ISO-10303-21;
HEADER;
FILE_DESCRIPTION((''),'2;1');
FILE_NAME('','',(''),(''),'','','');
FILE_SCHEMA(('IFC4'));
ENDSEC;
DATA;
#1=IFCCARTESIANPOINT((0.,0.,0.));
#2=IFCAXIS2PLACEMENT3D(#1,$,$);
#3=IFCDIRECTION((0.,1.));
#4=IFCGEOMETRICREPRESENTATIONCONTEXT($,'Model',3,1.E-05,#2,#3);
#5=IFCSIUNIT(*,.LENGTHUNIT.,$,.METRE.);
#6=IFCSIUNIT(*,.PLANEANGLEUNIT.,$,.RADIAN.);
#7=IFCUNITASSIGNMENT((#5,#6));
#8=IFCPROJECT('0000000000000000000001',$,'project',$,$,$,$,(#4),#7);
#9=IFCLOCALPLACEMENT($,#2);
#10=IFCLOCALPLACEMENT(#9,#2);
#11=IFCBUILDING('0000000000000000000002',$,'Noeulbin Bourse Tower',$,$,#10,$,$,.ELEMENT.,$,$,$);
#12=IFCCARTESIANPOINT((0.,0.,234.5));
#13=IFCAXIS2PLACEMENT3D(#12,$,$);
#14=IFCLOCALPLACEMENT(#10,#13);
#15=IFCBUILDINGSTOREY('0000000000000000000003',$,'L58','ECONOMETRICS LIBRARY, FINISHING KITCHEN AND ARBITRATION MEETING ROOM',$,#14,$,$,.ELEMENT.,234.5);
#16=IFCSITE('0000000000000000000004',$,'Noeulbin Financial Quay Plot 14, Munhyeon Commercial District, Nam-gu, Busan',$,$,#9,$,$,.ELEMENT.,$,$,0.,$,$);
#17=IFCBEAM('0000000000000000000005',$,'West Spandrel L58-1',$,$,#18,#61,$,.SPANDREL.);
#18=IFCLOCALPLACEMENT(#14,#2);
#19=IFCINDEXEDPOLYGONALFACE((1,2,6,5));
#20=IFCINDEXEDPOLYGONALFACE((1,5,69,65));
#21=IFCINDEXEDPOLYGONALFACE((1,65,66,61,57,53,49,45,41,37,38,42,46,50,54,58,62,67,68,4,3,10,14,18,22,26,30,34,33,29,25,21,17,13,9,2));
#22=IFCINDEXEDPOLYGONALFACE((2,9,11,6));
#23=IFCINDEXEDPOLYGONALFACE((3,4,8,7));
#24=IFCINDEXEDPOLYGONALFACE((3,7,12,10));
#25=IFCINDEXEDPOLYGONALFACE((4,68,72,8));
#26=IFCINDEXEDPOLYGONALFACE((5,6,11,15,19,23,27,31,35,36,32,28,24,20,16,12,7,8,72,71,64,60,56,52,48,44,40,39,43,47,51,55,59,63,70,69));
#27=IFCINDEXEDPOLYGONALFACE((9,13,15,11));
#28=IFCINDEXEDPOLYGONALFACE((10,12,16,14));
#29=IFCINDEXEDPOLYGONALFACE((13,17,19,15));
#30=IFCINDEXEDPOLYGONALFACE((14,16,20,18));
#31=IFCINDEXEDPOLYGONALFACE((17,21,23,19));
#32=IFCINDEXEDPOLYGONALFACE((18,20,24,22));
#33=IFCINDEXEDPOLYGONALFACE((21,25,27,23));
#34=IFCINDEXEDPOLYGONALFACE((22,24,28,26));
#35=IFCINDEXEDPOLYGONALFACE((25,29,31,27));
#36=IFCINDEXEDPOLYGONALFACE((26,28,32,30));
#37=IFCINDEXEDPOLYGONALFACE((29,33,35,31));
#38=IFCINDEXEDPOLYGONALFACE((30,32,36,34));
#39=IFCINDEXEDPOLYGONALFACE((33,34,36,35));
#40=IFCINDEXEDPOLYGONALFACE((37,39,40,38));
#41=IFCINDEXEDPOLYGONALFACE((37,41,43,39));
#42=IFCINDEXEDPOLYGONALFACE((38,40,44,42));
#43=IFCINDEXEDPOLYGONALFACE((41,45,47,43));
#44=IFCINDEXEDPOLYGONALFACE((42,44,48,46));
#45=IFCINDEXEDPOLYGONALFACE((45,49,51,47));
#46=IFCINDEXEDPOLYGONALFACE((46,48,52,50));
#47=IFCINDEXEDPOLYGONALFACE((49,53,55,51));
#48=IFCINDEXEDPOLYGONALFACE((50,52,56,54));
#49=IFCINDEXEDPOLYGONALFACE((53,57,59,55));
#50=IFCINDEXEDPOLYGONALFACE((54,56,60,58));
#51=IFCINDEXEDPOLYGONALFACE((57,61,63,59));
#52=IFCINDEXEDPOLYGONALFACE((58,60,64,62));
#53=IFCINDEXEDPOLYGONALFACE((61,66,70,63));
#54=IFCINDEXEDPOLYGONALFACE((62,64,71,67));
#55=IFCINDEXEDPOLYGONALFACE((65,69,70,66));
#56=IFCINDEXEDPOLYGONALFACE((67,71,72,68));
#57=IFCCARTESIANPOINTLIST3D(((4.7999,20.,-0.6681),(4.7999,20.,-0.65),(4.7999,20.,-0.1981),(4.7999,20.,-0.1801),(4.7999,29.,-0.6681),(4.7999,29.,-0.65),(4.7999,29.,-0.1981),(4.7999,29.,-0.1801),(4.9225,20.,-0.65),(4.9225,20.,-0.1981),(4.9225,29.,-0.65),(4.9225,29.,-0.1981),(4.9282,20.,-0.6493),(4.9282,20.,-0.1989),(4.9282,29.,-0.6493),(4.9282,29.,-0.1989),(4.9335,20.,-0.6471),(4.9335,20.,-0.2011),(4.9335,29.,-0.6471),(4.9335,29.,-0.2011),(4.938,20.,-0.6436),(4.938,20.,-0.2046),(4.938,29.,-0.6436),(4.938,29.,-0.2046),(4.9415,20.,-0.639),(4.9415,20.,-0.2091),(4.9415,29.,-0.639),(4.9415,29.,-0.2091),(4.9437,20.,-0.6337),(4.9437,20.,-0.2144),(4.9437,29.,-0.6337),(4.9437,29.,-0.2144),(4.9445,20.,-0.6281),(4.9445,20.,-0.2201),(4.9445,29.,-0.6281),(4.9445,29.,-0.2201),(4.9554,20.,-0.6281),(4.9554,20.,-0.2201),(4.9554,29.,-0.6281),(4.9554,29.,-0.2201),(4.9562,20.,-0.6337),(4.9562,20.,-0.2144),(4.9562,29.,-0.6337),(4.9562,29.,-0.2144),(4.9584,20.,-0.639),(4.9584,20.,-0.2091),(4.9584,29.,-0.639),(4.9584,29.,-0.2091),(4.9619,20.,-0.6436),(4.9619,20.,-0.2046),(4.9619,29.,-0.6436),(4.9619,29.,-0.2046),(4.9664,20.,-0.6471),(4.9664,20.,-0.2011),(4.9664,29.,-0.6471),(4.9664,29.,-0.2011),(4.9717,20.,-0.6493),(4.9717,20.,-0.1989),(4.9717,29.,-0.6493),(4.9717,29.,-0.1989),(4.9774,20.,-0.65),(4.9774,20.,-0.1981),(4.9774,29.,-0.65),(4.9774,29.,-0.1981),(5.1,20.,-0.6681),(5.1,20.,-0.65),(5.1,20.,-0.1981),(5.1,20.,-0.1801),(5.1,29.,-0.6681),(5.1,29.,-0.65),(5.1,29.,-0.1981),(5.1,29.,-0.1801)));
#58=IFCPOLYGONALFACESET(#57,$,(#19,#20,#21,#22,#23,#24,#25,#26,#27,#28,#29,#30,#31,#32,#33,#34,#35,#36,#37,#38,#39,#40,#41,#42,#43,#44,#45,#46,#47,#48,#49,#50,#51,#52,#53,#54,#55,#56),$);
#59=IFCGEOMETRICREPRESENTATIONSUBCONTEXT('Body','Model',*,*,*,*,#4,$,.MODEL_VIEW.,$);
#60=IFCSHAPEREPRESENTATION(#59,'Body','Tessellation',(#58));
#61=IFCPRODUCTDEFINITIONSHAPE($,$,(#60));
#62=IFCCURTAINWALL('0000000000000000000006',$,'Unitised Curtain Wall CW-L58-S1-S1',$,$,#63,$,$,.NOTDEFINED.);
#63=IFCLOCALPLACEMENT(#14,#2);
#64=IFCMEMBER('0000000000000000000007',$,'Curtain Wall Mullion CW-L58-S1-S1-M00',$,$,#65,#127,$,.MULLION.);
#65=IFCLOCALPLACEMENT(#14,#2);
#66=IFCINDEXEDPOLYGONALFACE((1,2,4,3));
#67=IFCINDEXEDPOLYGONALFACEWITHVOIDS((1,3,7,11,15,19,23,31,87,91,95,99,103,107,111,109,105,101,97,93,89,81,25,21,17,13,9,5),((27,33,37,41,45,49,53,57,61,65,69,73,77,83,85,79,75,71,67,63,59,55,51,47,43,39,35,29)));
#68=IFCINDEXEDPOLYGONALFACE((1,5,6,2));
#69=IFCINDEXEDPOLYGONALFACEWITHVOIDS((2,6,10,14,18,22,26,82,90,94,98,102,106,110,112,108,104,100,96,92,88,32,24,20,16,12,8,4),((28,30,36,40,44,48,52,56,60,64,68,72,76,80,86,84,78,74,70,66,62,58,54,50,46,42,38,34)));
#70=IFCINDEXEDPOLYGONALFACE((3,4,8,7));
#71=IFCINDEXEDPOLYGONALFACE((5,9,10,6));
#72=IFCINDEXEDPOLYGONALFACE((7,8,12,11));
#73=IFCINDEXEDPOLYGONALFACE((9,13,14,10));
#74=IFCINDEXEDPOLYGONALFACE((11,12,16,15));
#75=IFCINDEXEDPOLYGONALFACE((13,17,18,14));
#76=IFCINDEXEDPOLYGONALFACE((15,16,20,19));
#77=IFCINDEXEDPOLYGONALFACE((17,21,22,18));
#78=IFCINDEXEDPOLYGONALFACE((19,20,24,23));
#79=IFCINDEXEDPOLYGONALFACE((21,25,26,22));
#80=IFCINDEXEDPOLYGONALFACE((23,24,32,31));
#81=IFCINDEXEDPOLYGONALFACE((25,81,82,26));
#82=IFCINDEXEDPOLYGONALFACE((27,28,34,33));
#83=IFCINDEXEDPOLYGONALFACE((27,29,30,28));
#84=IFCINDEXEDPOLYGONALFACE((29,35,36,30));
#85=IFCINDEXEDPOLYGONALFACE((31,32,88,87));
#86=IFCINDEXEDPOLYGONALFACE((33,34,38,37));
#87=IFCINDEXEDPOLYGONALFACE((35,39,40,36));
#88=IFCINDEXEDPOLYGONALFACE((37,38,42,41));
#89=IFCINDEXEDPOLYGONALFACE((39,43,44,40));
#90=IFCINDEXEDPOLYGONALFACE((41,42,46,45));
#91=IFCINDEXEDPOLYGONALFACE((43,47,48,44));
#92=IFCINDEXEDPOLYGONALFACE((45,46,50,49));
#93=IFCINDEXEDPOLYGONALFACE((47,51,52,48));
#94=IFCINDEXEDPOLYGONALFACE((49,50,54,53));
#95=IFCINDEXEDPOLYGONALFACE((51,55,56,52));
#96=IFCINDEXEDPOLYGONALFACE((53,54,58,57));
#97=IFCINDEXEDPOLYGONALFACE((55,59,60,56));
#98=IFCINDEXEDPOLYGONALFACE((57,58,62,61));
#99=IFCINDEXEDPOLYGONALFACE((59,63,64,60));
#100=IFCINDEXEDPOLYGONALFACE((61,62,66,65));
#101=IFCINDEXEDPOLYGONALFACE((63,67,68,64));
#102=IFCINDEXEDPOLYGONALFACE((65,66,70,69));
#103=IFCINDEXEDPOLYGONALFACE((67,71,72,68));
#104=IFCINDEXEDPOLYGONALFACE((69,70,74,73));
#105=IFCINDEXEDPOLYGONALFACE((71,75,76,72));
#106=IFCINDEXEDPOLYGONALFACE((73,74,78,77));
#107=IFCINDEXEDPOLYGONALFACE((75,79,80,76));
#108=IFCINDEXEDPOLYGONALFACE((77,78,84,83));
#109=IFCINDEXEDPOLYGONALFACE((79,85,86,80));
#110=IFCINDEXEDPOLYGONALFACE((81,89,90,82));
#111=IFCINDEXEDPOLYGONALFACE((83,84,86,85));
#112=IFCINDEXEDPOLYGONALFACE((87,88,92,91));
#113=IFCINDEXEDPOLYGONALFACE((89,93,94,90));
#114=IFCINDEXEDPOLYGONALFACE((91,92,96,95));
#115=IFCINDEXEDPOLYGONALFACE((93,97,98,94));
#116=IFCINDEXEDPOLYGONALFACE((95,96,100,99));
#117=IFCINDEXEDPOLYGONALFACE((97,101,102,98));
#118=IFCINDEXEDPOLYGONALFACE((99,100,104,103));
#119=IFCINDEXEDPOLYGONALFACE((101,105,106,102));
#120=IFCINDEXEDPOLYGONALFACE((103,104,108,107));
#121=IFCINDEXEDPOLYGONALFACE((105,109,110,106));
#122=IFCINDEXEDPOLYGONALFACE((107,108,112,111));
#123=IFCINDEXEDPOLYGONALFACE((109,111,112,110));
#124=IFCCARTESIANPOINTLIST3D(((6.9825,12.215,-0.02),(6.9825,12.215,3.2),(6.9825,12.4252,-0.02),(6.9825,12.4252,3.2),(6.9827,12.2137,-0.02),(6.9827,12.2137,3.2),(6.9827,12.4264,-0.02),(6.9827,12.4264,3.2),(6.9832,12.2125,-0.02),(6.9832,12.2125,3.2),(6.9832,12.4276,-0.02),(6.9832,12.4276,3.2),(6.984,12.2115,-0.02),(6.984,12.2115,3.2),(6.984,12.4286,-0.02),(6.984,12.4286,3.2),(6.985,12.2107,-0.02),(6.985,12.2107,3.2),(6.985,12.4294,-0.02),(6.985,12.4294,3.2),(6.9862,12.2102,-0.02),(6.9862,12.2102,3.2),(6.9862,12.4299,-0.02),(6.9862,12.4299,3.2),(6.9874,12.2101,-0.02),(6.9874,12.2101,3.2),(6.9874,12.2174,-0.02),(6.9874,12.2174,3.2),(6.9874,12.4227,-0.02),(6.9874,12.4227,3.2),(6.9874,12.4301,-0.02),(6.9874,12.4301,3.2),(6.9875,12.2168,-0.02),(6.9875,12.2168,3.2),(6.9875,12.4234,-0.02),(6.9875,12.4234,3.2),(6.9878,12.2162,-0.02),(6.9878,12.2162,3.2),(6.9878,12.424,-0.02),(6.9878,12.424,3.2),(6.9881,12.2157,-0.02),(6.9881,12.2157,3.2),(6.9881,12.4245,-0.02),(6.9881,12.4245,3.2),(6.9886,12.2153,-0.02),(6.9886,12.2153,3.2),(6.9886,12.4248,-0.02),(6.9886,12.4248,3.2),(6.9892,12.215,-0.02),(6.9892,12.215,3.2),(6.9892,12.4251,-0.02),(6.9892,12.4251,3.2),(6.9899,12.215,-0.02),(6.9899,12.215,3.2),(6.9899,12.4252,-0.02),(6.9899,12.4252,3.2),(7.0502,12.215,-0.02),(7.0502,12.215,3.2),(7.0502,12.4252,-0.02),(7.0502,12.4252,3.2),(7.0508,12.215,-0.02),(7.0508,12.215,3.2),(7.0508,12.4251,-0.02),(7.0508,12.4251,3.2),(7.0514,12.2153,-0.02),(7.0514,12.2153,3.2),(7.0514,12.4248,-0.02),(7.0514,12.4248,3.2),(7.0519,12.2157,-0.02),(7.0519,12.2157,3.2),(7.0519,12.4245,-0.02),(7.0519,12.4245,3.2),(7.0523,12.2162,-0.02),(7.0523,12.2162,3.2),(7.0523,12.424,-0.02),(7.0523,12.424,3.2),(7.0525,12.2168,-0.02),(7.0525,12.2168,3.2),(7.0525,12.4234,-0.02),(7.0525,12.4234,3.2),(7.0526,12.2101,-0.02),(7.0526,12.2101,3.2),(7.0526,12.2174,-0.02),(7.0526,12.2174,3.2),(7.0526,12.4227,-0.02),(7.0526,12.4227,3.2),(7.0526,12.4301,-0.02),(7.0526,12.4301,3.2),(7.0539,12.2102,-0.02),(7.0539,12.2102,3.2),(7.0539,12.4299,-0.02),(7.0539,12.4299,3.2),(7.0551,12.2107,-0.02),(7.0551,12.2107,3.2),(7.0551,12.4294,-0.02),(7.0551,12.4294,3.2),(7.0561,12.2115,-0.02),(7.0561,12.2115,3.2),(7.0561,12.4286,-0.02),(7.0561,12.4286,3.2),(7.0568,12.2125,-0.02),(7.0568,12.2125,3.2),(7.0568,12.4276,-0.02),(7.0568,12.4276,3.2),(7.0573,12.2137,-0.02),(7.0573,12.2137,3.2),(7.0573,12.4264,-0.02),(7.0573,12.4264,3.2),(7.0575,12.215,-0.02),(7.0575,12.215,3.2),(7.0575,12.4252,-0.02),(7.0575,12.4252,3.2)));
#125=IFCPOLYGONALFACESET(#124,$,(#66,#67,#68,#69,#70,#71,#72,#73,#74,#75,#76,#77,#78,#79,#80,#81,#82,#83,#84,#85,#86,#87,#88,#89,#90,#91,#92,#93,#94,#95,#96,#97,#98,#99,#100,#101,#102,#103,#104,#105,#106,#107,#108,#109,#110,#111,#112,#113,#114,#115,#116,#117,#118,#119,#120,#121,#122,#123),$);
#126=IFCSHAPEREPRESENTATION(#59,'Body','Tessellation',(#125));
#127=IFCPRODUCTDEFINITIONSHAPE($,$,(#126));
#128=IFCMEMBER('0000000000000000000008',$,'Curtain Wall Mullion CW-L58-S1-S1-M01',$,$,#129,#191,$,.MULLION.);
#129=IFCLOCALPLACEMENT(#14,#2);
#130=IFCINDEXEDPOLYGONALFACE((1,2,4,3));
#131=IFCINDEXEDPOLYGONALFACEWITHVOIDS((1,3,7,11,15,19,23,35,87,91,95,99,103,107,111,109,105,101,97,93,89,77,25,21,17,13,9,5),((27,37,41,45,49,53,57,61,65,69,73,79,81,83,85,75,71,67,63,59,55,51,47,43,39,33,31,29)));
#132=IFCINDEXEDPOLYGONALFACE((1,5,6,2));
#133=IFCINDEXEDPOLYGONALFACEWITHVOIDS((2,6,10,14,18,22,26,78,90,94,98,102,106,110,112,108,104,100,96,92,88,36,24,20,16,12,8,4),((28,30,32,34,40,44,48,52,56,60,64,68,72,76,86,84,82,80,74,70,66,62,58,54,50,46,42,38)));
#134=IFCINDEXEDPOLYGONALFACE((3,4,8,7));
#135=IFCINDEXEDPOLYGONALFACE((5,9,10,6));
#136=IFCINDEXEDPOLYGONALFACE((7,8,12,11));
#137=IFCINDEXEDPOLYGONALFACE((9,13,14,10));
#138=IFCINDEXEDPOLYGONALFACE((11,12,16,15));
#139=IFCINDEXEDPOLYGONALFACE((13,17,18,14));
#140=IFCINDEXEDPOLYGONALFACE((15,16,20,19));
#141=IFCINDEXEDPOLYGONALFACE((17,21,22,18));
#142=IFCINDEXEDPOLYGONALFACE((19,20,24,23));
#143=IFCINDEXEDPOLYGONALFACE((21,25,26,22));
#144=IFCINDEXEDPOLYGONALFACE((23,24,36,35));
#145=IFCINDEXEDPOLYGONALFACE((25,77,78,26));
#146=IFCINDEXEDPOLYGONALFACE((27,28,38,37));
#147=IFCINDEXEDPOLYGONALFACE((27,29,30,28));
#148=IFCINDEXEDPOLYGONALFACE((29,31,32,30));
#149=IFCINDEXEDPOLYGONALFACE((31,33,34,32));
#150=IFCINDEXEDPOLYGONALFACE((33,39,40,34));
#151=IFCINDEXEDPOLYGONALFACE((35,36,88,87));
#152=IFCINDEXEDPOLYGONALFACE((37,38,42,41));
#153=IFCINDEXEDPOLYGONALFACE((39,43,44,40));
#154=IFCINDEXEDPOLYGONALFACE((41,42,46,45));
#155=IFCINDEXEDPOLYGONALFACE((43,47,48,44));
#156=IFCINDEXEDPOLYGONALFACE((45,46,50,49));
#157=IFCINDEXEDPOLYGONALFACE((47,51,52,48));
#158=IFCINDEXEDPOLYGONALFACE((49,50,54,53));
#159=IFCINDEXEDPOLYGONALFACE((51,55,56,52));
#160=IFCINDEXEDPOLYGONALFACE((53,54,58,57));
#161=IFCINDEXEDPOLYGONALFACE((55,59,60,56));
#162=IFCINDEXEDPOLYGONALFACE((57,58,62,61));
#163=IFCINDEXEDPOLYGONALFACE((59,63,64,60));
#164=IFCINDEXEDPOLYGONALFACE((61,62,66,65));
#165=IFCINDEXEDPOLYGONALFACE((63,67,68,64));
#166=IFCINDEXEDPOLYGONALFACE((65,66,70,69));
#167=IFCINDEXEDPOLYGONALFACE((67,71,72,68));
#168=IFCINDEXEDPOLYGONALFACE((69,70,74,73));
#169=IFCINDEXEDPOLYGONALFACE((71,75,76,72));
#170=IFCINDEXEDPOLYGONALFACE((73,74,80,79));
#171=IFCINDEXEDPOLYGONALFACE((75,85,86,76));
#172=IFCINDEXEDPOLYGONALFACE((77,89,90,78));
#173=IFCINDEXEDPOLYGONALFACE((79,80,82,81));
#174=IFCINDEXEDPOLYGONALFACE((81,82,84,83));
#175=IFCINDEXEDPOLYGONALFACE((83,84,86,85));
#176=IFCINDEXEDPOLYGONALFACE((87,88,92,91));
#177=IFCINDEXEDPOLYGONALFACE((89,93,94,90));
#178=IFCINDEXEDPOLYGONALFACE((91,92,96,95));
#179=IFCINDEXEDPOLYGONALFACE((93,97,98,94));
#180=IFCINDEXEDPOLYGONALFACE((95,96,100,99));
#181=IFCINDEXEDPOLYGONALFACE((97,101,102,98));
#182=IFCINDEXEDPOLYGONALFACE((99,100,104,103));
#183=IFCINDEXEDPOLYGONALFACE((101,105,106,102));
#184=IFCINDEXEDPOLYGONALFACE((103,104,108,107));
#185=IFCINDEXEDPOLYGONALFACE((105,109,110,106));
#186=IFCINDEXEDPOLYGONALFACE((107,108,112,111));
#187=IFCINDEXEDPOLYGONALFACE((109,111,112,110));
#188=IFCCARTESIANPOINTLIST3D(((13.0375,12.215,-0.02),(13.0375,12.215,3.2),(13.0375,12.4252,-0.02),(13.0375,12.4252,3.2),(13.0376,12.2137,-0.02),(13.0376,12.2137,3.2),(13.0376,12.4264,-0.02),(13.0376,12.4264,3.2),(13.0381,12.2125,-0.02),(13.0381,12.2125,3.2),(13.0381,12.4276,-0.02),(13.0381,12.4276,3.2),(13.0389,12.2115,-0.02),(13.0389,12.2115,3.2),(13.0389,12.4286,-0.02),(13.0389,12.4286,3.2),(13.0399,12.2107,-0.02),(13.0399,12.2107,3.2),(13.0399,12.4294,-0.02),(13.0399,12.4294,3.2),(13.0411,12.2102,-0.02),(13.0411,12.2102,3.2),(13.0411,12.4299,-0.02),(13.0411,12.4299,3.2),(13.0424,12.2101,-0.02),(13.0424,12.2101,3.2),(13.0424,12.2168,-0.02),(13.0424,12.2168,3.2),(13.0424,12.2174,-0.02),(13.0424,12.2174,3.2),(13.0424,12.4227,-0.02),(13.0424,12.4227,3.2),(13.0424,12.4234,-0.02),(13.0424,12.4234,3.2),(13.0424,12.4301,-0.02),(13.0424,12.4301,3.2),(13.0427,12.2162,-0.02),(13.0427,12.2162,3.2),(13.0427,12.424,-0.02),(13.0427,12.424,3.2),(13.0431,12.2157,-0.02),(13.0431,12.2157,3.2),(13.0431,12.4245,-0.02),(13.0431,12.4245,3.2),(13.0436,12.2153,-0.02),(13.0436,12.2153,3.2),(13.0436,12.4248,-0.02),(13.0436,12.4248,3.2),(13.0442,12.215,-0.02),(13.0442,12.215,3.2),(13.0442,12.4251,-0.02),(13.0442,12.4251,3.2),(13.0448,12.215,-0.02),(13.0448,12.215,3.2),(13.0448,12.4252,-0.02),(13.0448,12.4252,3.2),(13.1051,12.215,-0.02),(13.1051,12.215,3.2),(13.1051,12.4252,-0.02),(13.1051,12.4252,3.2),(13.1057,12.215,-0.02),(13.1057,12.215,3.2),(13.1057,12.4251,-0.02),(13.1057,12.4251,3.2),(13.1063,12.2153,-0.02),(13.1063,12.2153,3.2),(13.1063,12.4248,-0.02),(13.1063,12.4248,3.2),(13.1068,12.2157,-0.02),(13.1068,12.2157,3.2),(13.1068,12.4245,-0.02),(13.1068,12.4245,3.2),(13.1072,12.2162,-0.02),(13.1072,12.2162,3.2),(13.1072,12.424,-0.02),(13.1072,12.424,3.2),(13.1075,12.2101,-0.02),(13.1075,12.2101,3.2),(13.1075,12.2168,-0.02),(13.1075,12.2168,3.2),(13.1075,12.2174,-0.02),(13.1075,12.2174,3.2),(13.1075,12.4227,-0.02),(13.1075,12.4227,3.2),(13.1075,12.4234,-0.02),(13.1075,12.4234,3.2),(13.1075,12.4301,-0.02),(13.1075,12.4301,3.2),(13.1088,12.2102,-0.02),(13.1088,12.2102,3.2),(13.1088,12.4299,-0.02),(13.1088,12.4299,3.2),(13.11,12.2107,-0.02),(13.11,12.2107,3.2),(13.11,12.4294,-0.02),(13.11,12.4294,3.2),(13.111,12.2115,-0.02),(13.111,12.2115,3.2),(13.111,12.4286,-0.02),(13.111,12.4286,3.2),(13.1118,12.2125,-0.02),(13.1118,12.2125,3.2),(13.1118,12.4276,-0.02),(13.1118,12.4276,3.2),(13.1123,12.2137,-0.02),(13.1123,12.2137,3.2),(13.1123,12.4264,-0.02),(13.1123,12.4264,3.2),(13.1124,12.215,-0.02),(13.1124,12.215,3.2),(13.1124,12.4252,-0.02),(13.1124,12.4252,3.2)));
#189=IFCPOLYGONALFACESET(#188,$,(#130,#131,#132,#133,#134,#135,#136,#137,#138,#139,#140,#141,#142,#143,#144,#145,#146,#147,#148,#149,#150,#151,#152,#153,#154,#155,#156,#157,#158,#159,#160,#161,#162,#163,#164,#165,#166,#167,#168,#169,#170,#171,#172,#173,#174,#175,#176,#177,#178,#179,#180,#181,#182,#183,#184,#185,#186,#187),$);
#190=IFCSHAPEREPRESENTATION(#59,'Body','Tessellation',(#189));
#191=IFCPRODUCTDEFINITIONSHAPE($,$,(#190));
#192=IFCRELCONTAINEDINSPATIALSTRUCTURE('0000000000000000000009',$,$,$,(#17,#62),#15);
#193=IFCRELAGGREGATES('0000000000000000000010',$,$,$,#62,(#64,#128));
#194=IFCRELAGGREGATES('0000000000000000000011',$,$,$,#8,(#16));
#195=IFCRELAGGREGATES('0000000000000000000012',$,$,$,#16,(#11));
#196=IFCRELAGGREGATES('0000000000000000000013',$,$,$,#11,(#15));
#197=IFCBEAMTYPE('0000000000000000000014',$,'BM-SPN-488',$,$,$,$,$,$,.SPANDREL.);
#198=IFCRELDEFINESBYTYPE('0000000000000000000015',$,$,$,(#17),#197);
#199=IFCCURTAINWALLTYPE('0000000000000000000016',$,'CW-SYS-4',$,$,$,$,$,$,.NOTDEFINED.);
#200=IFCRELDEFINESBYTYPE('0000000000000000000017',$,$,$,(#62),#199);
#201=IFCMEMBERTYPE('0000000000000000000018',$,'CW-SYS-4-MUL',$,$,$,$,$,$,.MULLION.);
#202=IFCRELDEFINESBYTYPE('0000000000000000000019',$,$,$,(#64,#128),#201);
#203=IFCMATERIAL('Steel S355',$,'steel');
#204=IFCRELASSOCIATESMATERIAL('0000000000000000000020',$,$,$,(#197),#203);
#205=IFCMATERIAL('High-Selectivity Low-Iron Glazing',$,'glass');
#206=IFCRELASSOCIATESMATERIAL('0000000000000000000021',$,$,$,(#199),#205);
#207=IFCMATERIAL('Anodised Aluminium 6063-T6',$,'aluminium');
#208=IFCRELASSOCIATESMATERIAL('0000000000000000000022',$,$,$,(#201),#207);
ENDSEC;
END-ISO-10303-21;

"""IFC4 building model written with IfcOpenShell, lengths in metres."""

from ifc_helpers import new_model, si_unit, direction, frame, origin, origin_2d, place, context, subcontext, project, spatial, hollow_rectangle, i_section, extrude, material, material_profile, profile_set, type_object, element, aggregate, save


model = new_model("IFC4")

# Units and contexts
model_context = context("Model", 3, precision=1e-05, world=origin(), true_north=direction((0.0, 1.0)))
body_context = subcontext(model_context, "Body", "Model", "MODEL_VIEW")
ifc_project = project(units=[si_unit("LENGTHUNIT", "METRE"), si_unit("PLANEANGLEUNIT", "RADIAN")], contexts=[model_context])

# Site, building, storey
site_placement = place(None, origin())
site = spatial("IfcSite", under=ifc_project, at=site_placement, Name="Noeulbin Financial Quay Plot 14, Munhyeon Commercial District, Nam-gu, Busan", CompositionType="ELEMENT", RefElevation=0.0)
building_placement = place(site_placement, origin())
building = spatial("IfcBuilding", under=site, at=building_placement, Name="Noeulbin Bourse Tower", CompositionType="ELEMENT")
storey_placement = place(building_placement, frame((0.0, 0.0, 234.5)))
storey = spatial("IfcBuildingStorey", under=building, at=storey_placement, Name="L58", Description="ECONOMETRICS LIBRARY, FINISHING KITCHEN AND ARBITRATION MEETING ROOM", CompositionType="ELEMENT", Elevation=234.5)

# Shared definitions
ifc_material_1 = material(Name="Steel S355", Category="steel")

# Beam
ifc_material_profile_1 = material_profile(ifc_material_1, i_section(OverallWidth=0.3, OverallDepth=0.488, WebThickness=0.011, FlangeThickness=0.0181, FilletRadius=0.022, at=origin_2d()), Name="H-488x300x11x18", Category="LoadBearing")
ifc_profile_set_1 = profile_set([ifc_material_profile_1], Name="Steel S355")
beam_type_1 = type_object("IfcBeamType", Name="BM-SPN-488", PredefinedType="SPANDREL", material=ifc_profile_set_1)
beam_1_placement = place(storey_placement, frame((4.95, 20.0, -0.4241), z_axis=(0.0, 1.0, 0.0), x_axis=(-1.0, 0.0, 0.0)))
element("IfcBeam", 1, at=beam_1_placement, inside=storey, type_object=beam_type_1, Name="West Spandrel L58-1", PredefinedType="SPANDREL", context=body_context, shape_type="SweptSolid", body=[
    extrude(i_section(OverallWidth=0.3, OverallDepth=0.488, WebThickness=0.011, FlangeThickness=0.0181, FilletRadius=0.022, at=origin_2d()), origin(), (0.0, 0.0, 1.0), 9.0),
])

# Curtain wall, members
ifc_material_2 = material(Name="High-Selectivity Low-Iron Glazing", Category="glass")
curtain_wall_type = type_object("IfcCurtainWallType", Name="CW-SYS-4", PredefinedType="NOTDEFINED", material=ifc_material_2)
curtain_wall_1_placement = place(storey_placement, origin())
curtain_wall_1 = element("IfcCurtainWall", 2, at=curtain_wall_1_placement, inside=storey, type_object=curtain_wall_type, Name="Unitised Curtain Wall CW-L58-S1-S1", PredefinedType="NOTDEFINED")
ifc_material_3 = material(Name="Anodised Aluminium 6063-T6", Category="aluminium")
ifc_material_profile_2 = material_profile(ifc_material_3, hollow_rectangle(XDim=0.075, YDim=0.22, WallThickness=0.0049, InnerFilletRadius=0.0024, OuterFilletRadius=0.0049, at=origin_2d()), Name="ALU-MULL-75x220x5", Category="LoadBearing")
ifc_profile_set_2 = profile_set([ifc_material_profile_2], Name="Anodised Aluminium 6063-T6")
member_type_1 = type_object("IfcMemberType", Name="CW-SYS-4-MUL", PredefinedType="MULLION", material=ifc_profile_set_2)
member_1_placement = place(storey_placement, frame((7.02, 12.3201, -0.02), z_axis=(0.0, 0.0, 1.0), x_axis=(1.0, 0.0, 0.0)))
member_1 = element("IfcMember", 3, at=member_1_placement, type_object=member_type_1, Name="Curtain Wall Mullion CW-L58-S1-S1-M00", PredefinedType="MULLION", context=body_context, shape_type="SweptSolid", body=[
    extrude(hollow_rectangle(XDim=0.075, YDim=0.22, WallThickness=0.0049, InnerFilletRadius=0.0024, OuterFilletRadius=0.0049, at=origin_2d()), origin(), (0.0, 0.0, 1.0), 3.22),
])
member_2_placement = place(storey_placement, frame((13.075, 12.3201, -0.02), z_axis=(0.0, 0.0, 1.0), x_axis=(1.0, 0.0, 0.0)))
member_2 = element("IfcMember", 4, at=member_2_placement, type_object=member_type_1, Name="Curtain Wall Mullion CW-L58-S1-S1-M01", PredefinedType="MULLION", context=body_context, shape_type="SweptSolid", body=[
    extrude(hollow_rectangle(XDim=0.075, YDim=0.22, WallThickness=0.0049, InnerFilletRadius=0.0024, OuterFilletRadius=0.0049, at=origin_2d()), origin(), (0.0, 0.0, 1.0), 3.22),
])

aggregate(curtain_wall_1, [member_1, member_2])

save(model, "model.ifc")
